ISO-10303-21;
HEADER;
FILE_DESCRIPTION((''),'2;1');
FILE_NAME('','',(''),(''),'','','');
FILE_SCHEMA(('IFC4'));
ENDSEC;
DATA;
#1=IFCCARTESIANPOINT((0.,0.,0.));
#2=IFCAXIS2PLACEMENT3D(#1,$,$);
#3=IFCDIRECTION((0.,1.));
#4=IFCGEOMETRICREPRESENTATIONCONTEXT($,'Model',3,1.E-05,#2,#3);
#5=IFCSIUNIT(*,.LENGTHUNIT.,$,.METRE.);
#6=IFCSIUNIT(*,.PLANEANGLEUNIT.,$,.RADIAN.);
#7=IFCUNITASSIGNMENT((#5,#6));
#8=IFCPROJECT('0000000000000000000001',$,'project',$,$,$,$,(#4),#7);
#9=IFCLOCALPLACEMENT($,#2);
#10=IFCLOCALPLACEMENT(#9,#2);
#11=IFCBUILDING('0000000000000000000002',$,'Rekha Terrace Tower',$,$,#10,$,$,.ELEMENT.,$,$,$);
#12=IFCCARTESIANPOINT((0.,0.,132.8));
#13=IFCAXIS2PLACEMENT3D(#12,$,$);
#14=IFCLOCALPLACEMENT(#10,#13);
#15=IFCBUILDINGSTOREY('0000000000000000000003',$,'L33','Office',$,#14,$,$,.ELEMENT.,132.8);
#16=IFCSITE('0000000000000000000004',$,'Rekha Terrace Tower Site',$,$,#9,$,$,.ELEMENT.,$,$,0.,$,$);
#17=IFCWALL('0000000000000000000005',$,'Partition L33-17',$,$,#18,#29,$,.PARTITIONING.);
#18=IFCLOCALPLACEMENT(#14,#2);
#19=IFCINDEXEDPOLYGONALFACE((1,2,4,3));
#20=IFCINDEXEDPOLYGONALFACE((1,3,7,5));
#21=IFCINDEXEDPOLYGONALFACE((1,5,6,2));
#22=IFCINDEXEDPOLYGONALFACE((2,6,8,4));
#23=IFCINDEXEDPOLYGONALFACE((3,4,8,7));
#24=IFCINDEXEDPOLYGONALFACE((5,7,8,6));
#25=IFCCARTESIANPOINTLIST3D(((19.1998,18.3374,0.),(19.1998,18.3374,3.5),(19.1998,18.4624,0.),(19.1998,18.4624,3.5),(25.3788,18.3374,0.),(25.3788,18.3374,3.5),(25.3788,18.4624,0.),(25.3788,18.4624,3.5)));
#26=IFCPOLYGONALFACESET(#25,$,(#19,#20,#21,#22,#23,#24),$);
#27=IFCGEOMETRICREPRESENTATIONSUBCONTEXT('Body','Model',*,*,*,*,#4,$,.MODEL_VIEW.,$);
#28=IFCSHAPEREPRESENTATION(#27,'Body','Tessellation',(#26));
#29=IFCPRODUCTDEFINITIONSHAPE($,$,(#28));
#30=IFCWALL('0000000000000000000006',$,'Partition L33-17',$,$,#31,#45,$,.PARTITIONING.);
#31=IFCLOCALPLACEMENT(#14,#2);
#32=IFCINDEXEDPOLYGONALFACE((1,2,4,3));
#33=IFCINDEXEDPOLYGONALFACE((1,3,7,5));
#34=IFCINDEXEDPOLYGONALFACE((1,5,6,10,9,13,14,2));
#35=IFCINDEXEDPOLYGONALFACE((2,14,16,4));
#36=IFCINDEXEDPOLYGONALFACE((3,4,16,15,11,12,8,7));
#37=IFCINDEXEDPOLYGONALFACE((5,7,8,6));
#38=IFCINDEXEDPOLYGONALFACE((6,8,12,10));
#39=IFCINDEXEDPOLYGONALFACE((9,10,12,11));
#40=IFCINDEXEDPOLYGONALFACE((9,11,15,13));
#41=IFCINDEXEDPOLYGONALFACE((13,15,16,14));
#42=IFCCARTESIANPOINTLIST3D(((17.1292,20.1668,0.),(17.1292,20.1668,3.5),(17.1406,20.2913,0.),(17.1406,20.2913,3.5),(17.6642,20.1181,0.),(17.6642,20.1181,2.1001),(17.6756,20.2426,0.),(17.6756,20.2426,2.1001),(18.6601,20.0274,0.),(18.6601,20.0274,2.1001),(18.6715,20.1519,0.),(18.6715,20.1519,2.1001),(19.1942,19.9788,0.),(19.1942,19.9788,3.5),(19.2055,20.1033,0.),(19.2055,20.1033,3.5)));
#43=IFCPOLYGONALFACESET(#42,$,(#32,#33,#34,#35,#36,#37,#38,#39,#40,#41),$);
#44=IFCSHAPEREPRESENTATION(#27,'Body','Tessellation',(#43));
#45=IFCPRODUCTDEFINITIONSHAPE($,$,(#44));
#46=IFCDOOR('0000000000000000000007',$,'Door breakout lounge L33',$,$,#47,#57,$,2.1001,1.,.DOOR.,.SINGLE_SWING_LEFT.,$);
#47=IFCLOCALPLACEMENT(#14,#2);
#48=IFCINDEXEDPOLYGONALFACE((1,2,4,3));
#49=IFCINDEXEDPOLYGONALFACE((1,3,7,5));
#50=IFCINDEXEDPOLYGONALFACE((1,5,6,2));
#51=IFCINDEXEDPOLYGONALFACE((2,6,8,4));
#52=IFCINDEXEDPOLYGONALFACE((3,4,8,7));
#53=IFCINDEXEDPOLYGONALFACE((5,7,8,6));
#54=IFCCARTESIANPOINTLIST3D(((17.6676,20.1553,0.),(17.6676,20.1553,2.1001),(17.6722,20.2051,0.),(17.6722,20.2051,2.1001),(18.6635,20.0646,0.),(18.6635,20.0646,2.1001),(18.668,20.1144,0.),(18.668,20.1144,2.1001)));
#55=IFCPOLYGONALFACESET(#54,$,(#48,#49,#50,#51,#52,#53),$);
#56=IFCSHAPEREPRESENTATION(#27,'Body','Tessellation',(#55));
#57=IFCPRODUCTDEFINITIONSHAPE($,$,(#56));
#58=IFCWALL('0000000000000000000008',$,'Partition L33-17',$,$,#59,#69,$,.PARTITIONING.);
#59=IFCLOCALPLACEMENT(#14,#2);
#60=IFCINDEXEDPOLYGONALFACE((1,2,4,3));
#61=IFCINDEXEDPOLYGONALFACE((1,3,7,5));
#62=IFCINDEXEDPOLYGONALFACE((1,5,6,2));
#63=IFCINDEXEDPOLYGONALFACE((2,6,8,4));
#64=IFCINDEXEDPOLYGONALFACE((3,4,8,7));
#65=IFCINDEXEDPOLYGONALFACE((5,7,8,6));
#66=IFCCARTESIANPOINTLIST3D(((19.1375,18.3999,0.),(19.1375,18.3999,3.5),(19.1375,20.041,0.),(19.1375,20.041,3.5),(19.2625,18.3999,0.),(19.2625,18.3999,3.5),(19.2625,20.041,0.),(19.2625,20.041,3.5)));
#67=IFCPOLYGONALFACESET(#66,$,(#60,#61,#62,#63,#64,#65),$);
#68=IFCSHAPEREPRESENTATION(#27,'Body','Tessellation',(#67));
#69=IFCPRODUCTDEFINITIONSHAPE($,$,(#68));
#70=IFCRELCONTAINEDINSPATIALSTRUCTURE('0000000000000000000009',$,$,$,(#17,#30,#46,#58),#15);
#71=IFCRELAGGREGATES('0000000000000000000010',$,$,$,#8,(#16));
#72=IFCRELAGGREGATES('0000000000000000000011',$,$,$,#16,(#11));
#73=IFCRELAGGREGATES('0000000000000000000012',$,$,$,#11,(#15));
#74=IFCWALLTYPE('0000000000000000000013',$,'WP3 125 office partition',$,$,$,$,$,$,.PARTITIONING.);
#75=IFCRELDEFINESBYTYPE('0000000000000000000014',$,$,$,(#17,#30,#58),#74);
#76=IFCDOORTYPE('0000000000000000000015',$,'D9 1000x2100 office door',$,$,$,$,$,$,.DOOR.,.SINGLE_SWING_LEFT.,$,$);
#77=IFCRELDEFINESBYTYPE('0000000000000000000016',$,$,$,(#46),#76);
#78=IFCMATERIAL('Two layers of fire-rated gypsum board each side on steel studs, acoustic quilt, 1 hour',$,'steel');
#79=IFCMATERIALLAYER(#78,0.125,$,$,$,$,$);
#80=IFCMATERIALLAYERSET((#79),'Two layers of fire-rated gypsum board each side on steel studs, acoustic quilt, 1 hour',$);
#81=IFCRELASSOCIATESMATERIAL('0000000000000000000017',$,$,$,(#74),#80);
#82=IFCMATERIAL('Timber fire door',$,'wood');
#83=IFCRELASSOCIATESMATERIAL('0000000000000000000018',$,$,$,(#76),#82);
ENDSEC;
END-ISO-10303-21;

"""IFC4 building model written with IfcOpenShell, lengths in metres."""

from ifc_helpers import new_model, si_unit, direction, frame, frame_2d, origin, place, context, subcontext, project, spatial, rectangle, extrude, material, layer, layer_set, type_object, element, fill, save


model = new_model("IFC4")

# Units and contexts
model_context = context("Model", 3, precision=1e-05, world=origin(), true_north=direction((0.0, 1.0)))
body_context = subcontext(model_context, "Body", "Model", "MODEL_VIEW")
ifc_project = project(units=[si_unit("LENGTHUNIT", "METRE"), si_unit("PLANEANGLEUNIT", "RADIAN")], contexts=[model_context])

# Site, building, storey
site_placement = place(None, origin())
site = spatial("IfcSite", under=ifc_project, at=site_placement, Name="Rekha Terrace Tower Site", CompositionType="ELEMENT", RefElevation=0.0)
building_placement = place(site_placement, origin())
building = spatial("IfcBuilding", under=site, at=building_placement, Name="Rekha Terrace Tower", CompositionType="ELEMENT")
storey_placement = place(building_placement, frame((0.0, 0.0, 132.8)))
storey = spatial("IfcBuildingStorey", under=building, at=storey_placement, Name="L33", Description="Office", CompositionType="ELEMENT", Elevation=132.8)

# Wall
ifc_material_1 = material(Name="Two layers of fire-rated gypsum board each side on steel studs, acoustic quilt, 1 hour", Category="steel")
ifc_layer_1 = layer(ifc_material_1, 0.125)
ifc_layer_set_1 = layer_set([ifc_layer_1], Name="Two layers of fire-rated gypsum board each side on steel studs, acoustic quilt, 1 hour")
wall_type_1 = type_object("IfcWallType", Name="WP3 125 office partition", PredefinedType="PARTITIONING", material=ifc_layer_set_1)
wall_1_placement = place(storey_placement, frame((19.2, 18.3999, 0.0), z_axis=(0.0, 0.0, 1.0), x_axis=(1.0, 0.0, 0.0)))
element("IfcWall", 1, at=wall_1_placement, inside=storey, type_object=wall_type_1, Name="Partition L33-17", PredefinedType="PARTITIONING", context=body_context, shape_type="SweptSolid", body=[
    extrude(rectangle(XDim=6.179, YDim=0.125, at=frame_2d((3.0894, 0.0))), origin(), (0.0, 0.0, 1.0), 3.5),
])

# Wall, opening, door
wall_2_placement = place(storey_placement, frame((17.135, 20.229, 0.0), z_axis=(0.0, 0.0, 1.0), x_axis=(0.995882, -0.090663, 0.0)))
wall_2 = element("IfcWall", 2, at=wall_2_placement, inside=storey, type_object=wall_type_1, Name="Partition L33-17", PredefinedType="PARTITIONING", context=body_context, shape_type="SweptSolid", body=[
    extrude(rectangle(XDim=2.0735, YDim=0.125, at=frame_2d((1.0366, 0.0))), origin(), (0.0, 0.0, 1.0), 3.5),
])
opening_1_placement = place(wall_2_placement, frame((0.5371, 0.0, 0.0)))
opening_1 = element("IfcOpeningElement", 3, at=opening_1_placement, cuts=wall_2, PredefinedType="OPENING", context=body_context, shape_type="SweptSolid", body=[
    extrude(rectangle(XDim=1.0, YDim=2.1001, at=frame_2d((0.5, 1.05))), frame((0.0, 0.0725, 0.0), z_axis=(0.0, -1.0, 0.0), x_axis=(1.0, 0.0, 0.0)), (0.0, 0.0, 1.0), 0.145),
])
ifc_material_2 = material(Name="Timber fire door", Category="wood")
door_type_1 = type_object("IfcDoorType", Name="D9 1000x2100 office door", OperationType="SINGLE_SWING_LEFT", PredefinedType="DOOR", material=ifc_material_2)
door_1_placement = place(opening_1_placement, origin())
door_1 = element("IfcDoor", 4, at=door_1_placement, inside=storey, type_object=door_type_1, Name="Door breakout lounge L33", OperationType="SINGLE_SWING_LEFT", OverallHeight=2.1001, OverallWidth=1.0, PredefinedType="DOOR", context=body_context, shape_type="SweptSolid", body=[
    extrude(rectangle(XDim=1.0, YDim=2.1001, at=frame_2d((0.5, 1.05))), frame((0.0, 0.0249, 0.0), z_axis=(0.0, -1.0, 0.0), x_axis=(1.0, 0.0, 0.0)), (0.0, 0.0, 1.0), 0.05),
])
fill(opening_1, door_1)

# Wall
wall_3_placement = place(storey_placement, frame((19.2, 20.041, 0.0), z_axis=(0.0, 0.0, 1.0), x_axis=(0.0, -1.0, 0.0)))
element("IfcWall", 5, at=wall_3_placement, inside=storey, type_object=wall_type_1, Name="Partition L33-17", PredefinedType="PARTITIONING", context=body_context, shape_type="SweptSolid", body=[
    extrude(rectangle(XDim=1.6411, YDim=0.125, at=frame_2d((0.8206, 0.0))), origin(), (0.0, 0.0, 1.0), 3.5),
])

save(model, "model.ifc")
